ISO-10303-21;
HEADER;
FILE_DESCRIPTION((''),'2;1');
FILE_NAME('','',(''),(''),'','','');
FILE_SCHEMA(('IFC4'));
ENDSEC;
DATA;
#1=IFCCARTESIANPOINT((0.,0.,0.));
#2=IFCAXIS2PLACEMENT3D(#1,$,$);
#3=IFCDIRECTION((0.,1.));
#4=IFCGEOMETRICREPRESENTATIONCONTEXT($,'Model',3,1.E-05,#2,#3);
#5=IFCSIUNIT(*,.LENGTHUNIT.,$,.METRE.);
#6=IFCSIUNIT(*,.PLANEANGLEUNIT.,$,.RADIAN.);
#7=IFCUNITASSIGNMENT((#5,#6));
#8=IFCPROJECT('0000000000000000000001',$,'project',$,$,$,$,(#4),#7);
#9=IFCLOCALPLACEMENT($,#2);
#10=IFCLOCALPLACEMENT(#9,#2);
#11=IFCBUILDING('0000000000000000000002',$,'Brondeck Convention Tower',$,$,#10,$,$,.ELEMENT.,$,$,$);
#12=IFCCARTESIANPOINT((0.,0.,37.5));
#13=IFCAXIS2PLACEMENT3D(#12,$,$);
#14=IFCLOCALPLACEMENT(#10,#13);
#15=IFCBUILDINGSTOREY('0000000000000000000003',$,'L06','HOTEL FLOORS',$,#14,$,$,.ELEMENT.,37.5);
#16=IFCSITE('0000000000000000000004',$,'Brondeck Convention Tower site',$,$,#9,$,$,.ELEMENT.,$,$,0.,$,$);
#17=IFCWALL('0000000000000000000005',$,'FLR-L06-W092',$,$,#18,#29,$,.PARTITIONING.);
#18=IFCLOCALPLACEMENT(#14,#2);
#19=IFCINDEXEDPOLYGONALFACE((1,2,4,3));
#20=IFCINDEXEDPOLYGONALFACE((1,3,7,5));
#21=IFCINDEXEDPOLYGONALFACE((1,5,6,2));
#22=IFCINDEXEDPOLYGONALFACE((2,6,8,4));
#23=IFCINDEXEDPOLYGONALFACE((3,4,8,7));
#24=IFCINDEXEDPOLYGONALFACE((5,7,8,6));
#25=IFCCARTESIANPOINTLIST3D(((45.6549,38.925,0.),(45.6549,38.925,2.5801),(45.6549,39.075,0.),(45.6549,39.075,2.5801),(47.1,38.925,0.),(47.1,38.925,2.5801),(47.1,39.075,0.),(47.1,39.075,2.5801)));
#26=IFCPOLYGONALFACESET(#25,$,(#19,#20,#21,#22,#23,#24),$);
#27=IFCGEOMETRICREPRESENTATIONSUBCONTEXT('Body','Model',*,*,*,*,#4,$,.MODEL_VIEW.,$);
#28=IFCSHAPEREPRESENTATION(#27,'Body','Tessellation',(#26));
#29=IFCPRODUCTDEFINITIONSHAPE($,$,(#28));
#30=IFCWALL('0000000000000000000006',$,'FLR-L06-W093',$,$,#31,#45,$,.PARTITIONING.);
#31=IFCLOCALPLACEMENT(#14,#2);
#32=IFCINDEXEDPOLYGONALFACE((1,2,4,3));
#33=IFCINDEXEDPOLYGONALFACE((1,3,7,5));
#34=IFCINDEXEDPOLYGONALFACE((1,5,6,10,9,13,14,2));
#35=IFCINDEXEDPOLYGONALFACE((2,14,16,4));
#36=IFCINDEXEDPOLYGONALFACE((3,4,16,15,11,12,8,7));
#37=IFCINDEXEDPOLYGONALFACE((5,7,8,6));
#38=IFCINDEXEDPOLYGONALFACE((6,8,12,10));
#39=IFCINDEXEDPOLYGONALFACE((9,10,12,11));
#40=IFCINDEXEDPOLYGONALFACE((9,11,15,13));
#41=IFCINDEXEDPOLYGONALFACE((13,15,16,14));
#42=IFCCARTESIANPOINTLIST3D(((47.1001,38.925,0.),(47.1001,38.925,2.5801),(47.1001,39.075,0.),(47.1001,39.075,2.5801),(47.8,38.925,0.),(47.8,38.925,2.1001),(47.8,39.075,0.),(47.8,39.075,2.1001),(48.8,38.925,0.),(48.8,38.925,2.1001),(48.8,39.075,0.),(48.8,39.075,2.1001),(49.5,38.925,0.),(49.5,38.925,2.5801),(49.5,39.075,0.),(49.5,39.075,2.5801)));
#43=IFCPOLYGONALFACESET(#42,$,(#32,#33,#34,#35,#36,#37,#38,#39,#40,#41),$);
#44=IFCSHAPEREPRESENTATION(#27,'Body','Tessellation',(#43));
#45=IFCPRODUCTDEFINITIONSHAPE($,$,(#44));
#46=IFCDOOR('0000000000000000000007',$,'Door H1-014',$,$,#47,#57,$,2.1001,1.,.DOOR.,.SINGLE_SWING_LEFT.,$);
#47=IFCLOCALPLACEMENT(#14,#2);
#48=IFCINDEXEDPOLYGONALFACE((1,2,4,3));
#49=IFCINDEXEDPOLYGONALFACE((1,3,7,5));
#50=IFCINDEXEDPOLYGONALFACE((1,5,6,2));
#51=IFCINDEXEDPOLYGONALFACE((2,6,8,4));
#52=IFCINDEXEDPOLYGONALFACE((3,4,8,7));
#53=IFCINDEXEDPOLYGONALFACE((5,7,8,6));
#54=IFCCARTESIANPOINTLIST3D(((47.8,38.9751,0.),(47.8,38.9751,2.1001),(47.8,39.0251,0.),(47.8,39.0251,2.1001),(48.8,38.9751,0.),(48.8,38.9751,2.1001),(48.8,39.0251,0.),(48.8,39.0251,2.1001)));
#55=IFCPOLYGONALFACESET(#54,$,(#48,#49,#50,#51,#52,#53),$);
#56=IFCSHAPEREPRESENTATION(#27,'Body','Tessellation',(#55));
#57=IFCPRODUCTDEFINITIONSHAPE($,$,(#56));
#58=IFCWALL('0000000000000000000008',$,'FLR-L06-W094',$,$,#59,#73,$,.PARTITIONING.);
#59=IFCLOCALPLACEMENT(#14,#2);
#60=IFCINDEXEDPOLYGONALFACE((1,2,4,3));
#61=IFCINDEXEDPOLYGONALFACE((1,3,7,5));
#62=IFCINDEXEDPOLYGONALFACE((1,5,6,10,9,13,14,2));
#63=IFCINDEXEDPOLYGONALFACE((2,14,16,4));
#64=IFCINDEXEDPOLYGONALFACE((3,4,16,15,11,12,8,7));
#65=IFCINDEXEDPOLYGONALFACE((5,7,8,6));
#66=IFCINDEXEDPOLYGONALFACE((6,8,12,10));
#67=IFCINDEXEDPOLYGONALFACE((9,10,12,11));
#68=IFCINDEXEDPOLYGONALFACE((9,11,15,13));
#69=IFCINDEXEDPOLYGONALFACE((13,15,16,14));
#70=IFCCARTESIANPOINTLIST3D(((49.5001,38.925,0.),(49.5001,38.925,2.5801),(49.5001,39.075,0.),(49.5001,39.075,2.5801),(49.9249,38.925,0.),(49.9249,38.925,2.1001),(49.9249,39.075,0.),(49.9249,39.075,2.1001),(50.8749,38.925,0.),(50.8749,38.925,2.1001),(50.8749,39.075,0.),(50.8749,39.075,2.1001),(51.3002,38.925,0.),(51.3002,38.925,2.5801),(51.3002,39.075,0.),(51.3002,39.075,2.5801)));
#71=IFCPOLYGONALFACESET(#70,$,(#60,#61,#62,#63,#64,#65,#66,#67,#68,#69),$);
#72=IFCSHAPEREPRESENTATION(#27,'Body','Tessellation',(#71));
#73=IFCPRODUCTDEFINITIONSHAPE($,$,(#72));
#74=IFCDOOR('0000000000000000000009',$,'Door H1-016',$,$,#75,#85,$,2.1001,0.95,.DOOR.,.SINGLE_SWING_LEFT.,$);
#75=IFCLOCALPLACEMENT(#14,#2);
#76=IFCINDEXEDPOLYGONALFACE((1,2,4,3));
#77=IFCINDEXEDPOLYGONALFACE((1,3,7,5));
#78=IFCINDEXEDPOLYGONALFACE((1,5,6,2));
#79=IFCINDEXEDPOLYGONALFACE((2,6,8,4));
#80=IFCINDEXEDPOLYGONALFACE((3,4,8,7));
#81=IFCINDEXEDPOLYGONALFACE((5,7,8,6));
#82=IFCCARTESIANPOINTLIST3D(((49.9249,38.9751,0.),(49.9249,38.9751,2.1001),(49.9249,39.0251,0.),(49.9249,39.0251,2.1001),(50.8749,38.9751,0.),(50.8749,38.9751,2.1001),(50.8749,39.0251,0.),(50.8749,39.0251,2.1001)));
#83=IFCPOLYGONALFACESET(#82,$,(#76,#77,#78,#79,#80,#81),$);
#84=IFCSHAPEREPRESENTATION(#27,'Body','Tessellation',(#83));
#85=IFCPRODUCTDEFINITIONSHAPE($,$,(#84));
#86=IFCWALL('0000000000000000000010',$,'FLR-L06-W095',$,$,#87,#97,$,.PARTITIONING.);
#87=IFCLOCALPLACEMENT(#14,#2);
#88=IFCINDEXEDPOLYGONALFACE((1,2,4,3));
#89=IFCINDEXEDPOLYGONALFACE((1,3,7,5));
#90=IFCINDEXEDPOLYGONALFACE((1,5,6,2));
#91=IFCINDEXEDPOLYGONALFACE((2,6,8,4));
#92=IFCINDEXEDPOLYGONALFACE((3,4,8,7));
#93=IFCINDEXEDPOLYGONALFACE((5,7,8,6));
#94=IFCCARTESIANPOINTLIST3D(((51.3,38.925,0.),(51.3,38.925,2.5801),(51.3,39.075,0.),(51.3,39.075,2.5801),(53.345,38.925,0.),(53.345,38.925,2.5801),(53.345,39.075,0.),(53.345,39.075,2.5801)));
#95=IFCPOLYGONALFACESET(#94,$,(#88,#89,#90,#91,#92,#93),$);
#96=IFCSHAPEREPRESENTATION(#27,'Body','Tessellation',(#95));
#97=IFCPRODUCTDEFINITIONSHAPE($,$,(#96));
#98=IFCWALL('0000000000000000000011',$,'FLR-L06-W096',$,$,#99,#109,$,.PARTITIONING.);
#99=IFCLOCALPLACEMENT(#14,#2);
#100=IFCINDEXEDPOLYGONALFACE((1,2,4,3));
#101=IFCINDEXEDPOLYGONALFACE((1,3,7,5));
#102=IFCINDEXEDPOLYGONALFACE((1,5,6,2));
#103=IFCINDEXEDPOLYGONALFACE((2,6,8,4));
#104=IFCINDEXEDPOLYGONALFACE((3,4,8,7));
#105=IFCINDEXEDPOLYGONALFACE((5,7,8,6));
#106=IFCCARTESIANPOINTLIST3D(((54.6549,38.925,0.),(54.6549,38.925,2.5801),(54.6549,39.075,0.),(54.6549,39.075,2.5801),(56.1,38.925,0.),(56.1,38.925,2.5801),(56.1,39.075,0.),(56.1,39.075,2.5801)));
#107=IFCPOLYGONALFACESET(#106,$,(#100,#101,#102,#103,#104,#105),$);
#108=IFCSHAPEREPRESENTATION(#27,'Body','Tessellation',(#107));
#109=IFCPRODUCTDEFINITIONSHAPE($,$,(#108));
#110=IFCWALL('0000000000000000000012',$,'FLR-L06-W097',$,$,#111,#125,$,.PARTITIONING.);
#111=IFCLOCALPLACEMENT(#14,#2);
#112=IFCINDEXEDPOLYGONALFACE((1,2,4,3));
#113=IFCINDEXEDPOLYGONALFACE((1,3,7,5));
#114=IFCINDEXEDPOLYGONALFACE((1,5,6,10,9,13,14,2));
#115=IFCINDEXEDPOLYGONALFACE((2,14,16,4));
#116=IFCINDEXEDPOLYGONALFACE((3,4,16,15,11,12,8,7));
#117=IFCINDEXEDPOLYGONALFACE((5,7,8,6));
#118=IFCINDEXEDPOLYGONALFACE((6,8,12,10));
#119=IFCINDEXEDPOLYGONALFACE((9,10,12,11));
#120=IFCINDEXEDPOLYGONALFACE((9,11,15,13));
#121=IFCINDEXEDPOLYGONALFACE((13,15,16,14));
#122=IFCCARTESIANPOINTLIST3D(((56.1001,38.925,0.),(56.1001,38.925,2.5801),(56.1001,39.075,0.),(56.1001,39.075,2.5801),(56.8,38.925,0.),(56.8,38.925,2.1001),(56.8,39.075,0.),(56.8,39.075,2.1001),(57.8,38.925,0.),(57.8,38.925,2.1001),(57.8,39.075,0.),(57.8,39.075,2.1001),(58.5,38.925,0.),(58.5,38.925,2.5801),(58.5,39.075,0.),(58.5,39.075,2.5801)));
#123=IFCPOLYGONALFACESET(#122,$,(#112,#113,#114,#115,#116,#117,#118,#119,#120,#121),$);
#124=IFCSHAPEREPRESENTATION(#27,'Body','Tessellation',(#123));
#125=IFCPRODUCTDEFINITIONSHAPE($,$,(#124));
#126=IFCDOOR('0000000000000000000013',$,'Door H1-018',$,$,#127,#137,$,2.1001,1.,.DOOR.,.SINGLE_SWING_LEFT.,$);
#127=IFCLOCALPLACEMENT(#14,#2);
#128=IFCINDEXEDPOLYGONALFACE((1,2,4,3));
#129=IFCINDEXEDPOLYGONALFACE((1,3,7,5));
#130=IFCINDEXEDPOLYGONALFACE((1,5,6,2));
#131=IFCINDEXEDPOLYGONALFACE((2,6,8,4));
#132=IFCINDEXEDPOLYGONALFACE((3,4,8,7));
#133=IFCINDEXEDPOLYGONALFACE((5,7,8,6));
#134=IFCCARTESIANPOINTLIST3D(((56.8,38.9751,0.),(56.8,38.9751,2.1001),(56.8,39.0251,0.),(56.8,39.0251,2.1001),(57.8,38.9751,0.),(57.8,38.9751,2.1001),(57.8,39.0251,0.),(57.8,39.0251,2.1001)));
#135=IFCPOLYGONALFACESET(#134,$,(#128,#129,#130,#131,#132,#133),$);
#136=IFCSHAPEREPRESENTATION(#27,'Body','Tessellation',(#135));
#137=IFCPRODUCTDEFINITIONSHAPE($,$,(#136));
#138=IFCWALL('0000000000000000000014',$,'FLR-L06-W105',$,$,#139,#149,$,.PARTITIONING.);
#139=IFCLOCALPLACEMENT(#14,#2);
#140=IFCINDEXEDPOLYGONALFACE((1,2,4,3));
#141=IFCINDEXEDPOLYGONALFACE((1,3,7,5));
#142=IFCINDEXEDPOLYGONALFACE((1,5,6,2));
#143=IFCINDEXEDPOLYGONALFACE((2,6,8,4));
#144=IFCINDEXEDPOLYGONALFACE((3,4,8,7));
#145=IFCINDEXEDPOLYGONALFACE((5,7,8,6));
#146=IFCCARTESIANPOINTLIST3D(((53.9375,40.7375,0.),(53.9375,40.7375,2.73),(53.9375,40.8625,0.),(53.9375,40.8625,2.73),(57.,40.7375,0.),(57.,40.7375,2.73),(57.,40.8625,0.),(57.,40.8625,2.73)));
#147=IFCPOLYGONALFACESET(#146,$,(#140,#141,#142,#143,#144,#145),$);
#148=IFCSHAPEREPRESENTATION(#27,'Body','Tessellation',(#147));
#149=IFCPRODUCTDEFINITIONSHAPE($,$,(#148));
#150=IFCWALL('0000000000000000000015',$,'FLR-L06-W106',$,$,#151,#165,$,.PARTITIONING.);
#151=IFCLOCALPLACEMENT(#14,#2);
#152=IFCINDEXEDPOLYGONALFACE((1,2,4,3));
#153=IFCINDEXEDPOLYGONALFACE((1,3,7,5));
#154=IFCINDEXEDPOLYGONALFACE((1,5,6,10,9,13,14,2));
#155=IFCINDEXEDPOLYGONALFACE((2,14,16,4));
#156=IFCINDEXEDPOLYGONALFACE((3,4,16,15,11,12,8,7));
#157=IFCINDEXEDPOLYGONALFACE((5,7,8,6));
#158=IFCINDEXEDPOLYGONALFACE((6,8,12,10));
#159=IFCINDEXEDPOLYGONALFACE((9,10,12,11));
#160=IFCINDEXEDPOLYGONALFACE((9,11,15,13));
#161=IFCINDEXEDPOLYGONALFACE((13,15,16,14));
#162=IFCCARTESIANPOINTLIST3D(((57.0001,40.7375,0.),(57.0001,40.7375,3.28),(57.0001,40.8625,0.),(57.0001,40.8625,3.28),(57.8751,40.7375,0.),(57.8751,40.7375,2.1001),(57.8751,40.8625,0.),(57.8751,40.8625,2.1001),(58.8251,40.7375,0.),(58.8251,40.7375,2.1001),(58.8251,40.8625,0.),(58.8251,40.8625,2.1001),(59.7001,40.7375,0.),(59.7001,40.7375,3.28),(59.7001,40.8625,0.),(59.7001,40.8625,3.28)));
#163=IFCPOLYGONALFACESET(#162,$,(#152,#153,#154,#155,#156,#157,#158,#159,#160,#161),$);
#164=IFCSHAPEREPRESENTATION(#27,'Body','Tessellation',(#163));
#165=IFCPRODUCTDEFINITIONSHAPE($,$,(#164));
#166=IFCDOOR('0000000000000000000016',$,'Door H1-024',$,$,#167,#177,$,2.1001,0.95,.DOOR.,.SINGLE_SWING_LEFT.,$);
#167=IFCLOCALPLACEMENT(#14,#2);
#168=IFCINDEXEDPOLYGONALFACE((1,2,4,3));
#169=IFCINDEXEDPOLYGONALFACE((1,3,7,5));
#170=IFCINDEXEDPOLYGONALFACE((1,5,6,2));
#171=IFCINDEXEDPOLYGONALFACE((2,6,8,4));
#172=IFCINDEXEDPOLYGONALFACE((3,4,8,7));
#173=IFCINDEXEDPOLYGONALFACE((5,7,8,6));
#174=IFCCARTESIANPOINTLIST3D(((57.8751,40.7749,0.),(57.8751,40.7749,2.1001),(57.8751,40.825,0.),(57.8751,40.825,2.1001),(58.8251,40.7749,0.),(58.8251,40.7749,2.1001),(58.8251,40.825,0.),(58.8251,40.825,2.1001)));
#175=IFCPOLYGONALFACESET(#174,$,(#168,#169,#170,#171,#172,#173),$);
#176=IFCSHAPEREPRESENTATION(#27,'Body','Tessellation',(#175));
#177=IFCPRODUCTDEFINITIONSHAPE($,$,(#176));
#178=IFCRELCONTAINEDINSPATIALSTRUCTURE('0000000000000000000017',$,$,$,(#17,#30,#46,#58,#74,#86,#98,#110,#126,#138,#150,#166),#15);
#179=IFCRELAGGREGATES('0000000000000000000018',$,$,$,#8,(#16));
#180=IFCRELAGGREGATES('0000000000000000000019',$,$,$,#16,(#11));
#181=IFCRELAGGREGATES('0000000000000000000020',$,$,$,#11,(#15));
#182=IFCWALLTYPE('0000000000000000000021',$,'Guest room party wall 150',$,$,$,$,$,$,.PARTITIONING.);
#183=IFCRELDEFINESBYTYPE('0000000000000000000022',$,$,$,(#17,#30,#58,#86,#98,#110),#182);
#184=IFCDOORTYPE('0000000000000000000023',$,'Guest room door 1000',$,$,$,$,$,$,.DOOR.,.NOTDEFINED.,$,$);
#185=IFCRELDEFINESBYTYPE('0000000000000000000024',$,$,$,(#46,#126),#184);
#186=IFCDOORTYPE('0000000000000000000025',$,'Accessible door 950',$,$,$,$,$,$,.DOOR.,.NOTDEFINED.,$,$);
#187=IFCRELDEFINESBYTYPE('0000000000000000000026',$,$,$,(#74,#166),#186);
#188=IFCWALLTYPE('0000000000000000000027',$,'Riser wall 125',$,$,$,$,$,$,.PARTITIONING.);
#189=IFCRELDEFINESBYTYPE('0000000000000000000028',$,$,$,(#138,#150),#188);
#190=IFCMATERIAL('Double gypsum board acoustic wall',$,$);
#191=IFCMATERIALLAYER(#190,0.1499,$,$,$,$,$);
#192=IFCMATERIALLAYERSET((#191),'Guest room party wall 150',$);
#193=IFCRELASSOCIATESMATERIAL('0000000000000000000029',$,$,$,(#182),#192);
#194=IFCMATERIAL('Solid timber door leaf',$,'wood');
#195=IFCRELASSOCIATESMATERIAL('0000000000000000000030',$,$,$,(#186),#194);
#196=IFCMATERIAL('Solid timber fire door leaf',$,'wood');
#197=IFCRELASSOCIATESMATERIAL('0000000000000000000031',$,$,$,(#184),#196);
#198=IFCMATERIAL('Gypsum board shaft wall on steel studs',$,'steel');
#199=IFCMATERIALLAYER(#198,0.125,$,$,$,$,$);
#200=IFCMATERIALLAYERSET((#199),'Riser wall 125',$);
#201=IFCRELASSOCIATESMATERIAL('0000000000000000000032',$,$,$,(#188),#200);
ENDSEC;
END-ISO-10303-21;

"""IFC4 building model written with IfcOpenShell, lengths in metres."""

from ifc_helpers import new_model, si_unit, direction, frame, frame_2d, origin, place, context, subcontext, project, spatial, rectangle, extrude, material, layer, layer_set, type_object, element, fill, save


model = new_model("IFC4")

# Units and contexts
model_context = context("Model", 3, precision=1e-05, world=origin(), true_north=direction((0.0, 1.0)))
body_context = subcontext(model_context, "Body", "Model", "MODEL_VIEW")
ifc_project = project(units=[si_unit("LENGTHUNIT", "METRE"), si_unit("PLANEANGLEUNIT", "RADIAN")], contexts=[model_context])

# Site, building, storey
site_placement = place(None, origin())
site = spatial("IfcSite", under=ifc_project, at=site_placement, Name="Brondeck Convention Tower site", CompositionType="ELEMENT", RefElevation=0.0)
building_placement = place(site_placement, origin())
building = spatial("IfcBuilding", under=site, at=building_placement, Name="Brondeck Convention Tower", CompositionType="ELEMENT")
storey_placement = place(building_placement, frame((0.0, 0.0, 37.5)))
storey = spatial("IfcBuildingStorey", under=building, at=storey_placement, Name="L06", Description="HOTEL FLOORS", CompositionType="ELEMENT", Elevation=37.5)

# Shared definitions
ifc_material_1 = material(Name="Double gypsum board acoustic wall")
ifc_layer_1 = layer(ifc_material_1, 0.1499)
ifc_layer_set_1 = layer_set([ifc_layer_1], Name="Guest room party wall 150")
wall_type_1 = type_object("IfcWallType", Name="Guest room party wall 150", PredefinedType="PARTITIONING", material=ifc_layer_set_1)

# Shared definitions
ifc_material_2 = material(Name="Solid timber door leaf", Category="wood")
door_type_1 = type_object("IfcDoorType", Name="Accessible door 950", OperationType="NOTDEFINED", PredefinedType="DOOR", material=ifc_material_2)

# Wall
wall_1_placement = place(storey_placement, frame((47.1001, 39.0, 0.0), z_axis=(0.0, 0.0, 1.0), x_axis=(-1.0, 0.0, 0.0)))
element("IfcWall", 1, at=wall_1_placement, inside=storey, type_object=wall_type_1, Name="FLR-L06-W092", PredefinedType="PARTITIONING", context=body_context, shape_type="SweptSolid", body=[
    extrude(rectangle(XDim=1.4451, YDim=0.1499, at=frame_2d((0.7227, 0.0))), origin(), (0.0, 0.0, 1.0), 2.5801),
])

# Walls, openings, doors
wall_2_placement = place(storey_placement, frame((49.5, 39.0, 0.0), z_axis=(0.0, 0.0, 1.0), x_axis=(-1.0, 0.0, 0.0)))
wall_2 = element("IfcWall", 2, at=wall_2_placement, inside=storey, type_object=wall_type_1, Name="FLR-L06-W093", PredefinedType="PARTITIONING", context=body_context, shape_type="SweptSolid", body=[
    extrude(rectangle(XDim=2.3999, YDim=0.1499, at=frame_2d((1.2, 0.0))), origin(), (0.0, 0.0, 1.0), 2.5801),
])
opening_1_placement = place(wall_2_placement, frame((0.7, 0.0, 0.0)))
opening_1 = element("IfcOpeningElement", 3, at=opening_1_placement, cuts=wall_2, PredefinedType="OPENING", context=body_context, shape_type="SweptSolid", body=[
    extrude(rectangle(XDim=1.0, YDim=2.1001, at=frame_2d((0.5, 1.05))), frame((0.0, 0.085, 0.0), z_axis=(0.0, -1.0, 0.0), x_axis=(1.0, 0.0, 0.0)), (0.0, 0.0, 1.0), 0.1699),
])
ifc_material_3 = material(Name="Solid timber fire door leaf", Category="wood")
door_type_2 = type_object("IfcDoorType", Name="Guest room door 1000", OperationType="NOTDEFINED", PredefinedType="DOOR", material=ifc_material_3)
door_1_placement = place(opening_1_placement, origin())
door_1 = element("IfcDoor", 4, at=door_1_placement, inside=storey, type_object=door_type_2, Name="Door H1-014", OperationType="SINGLE_SWING_LEFT", OverallHeight=2.1001, OverallWidth=1.0, PredefinedType="DOOR", context=body_context, shape_type="SweptSolid", body=[
    extrude(rectangle(XDim=1.0, YDim=2.1001, at=frame_2d((0.5, 1.05))), frame((0.0, 0.0249, 0.0), z_axis=(0.0, -1.0, 0.0), x_axis=(1.0, 0.0, 0.0)), (0.0, 0.0, 1.0), 0.05),
])
fill(opening_1, door_1)
wall_3_placement = place(storey_placement, frame((51.3, 39.0, 0.0), z_axis=(0.0, 0.0, 1.0), x_axis=(-1.0, 0.0, 0.0)))
wall_3 = element("IfcWall", 5, at=wall_3_placement, inside=storey, type_object=wall_type_1, Name="FLR-L06-W094", PredefinedType="PARTITIONING", context=body_context, shape_type="SweptSolid", body=[
    extrude(rectangle(XDim=1.8, YDim=0.1499, at=frame_2d((0.8999, 0.0))), origin(), (0.0, 0.0, 1.0), 2.5801),
])
opening_2_placement = place(wall_3_placement, frame((0.425, 0.0, 0.0)))
opening_2 = element("IfcOpeningElement", 6, at=opening_2_placement, cuts=wall_3, PredefinedType="OPENING", context=body_context, shape_type="SweptSolid", body=[
    extrude(rectangle(XDim=0.95, YDim=2.1001, at=frame_2d((0.4751, 1.05))), frame((0.0, 0.085, 0.0), z_axis=(0.0, -1.0, 0.0), x_axis=(1.0, 0.0, 0.0)), (0.0, 0.0, 1.0), 0.1699),
])
door_2_placement = place(opening_2_placement, origin())
door_2 = element("IfcDoor", 7, at=door_2_placement, inside=storey, type_object=door_type_1, Name="Door H1-016", OperationType="SINGLE_SWING_LEFT", OverallHeight=2.1001, OverallWidth=0.95, PredefinedType="DOOR", context=body_context, shape_type="SweptSolid", body=[
    extrude(rectangle(XDim=0.95, YDim=2.1001, at=frame_2d((0.4751, 1.05))), frame((0.0, 0.0249, 0.0), z_axis=(0.0, -1.0, 0.0), x_axis=(1.0, 0.0, 0.0)), (0.0, 0.0, 1.0), 0.05),
])
fill(opening_2, door_2)

# Walls
wall_4_placement = place(storey_placement, frame((53.345, 39.0, 0.0), z_axis=(0.0, 0.0, 1.0), x_axis=(-1.0, 0.0, 0.0)))
element("IfcWall", 8, at=wall_4_placement, inside=storey, type_object=wall_type_1, Name="FLR-L06-W095", PredefinedType="PARTITIONING", context=body_context, shape_type="SweptSolid", body=[
    extrude(rectangle(XDim=2.0449, YDim=0.1499, at=frame_2d((1.0225, 0.0))), origin(), (0.0, 0.0, 1.0), 2.5801),
])
wall_5_placement = place(storey_placement, frame((56.1001, 39.0, 0.0), z_axis=(0.0, 0.0, 1.0), x_axis=(-1.0, 0.0, 0.0)))
element("IfcWall", 9, at=wall_5_placement, inside=storey, type_object=wall_type_1, Name="FLR-L06-W096", PredefinedType="PARTITIONING", context=body_context, shape_type="SweptSolid", body=[
    extrude(rectangle(XDim=1.4451, YDim=0.1499, at=frame_2d((0.7227, 0.0))), origin(), (0.0, 0.0, 1.0), 2.5801),
])

# Wall, opening, door
wall_6_placement = place(storey_placement, frame((58.5, 39.0, 0.0), z_axis=(0.0, 0.0, 1.0), x_axis=(-1.0, 0.0, 0.0)))
wall_6 = element("IfcWall", 10, at=wall_6_placement, inside=storey, type_object=wall_type_1, Name="FLR-L06-W097", PredefinedType="PARTITIONING", context=body_context, shape_type="SweptSolid", body=[
    extrude(rectangle(XDim=2.3999, YDim=0.1499, at=frame_2d((1.2, 0.0))), origin(), (0.0, 0.0, 1.0), 2.5801),
])
opening_3_placement = place(wall_6_placement, frame((0.7, 0.0, 0.0)))
opening_3 = element("IfcOpeningElement", 11, at=opening_3_placement, cuts=wall_6, PredefinedType="OPENING", context=body_context, shape_type="SweptSolid", body=[
    extrude(rectangle(XDim=1.0, YDim=2.1001, at=frame_2d((0.5, 1.05))), frame((0.0, 0.085, 0.0), z_axis=(0.0, -1.0, 0.0), x_axis=(1.0, 0.0, 0.0)), (0.0, 0.0, 1.0), 0.1699),
])
door_3_placement = place(opening_3_placement, origin())
door_3 = element("IfcDoor", 12, at=door_3_placement, inside=storey, type_object=door_type_2, Name="Door H1-018", OperationType="SINGLE_SWING_LEFT", OverallHeight=2.1001, OverallWidth=1.0, PredefinedType="DOOR", context=body_context, shape_type="SweptSolid", body=[
    extrude(rectangle(XDim=1.0, YDim=2.1001, at=frame_2d((0.5, 1.05))), frame((0.0, 0.0249, 0.0), z_axis=(0.0, -1.0, 0.0), x_axis=(1.0, 0.0, 0.0)), (0.0, 0.0, 1.0), 0.05),
])
fill(opening_3, door_3)

# Wall
ifc_material_4 = material(Name="Gypsum board shaft wall on steel studs", Category="steel")
ifc_layer_2 = layer(ifc_material_4, 0.125)
ifc_layer_set_2 = layer_set([ifc_layer_2], Name="Riser wall 125")
wall_type_2 = type_object("IfcWallType", Name="Riser wall 125", PredefinedType="PARTITIONING", material=ifc_layer_set_2)
wall_7_placement = place(storey_placement, frame((53.9375, 40.8, 0.0), z_axis=(0.0, 0.0, 1.0), x_axis=(1.0, 0.0, 0.0)))
element("IfcWall", 13, at=wall_7_placement, inside=storey, type_object=wall_type_2, Name="FLR-L06-W105", PredefinedType="PARTITIONING", context=body_context, shape_type="SweptSolid", body=[
    extrude(rectangle(XDim=3.0625, YDim=0.125, at=frame_2d((1.5312, 0.0))), origin(), (0.0, 0.0, 1.0), 2.73),
])

# Wall, opening, door
wall_8_placement = place(storey_placement, frame((57.0, 40.8, 0.0), z_axis=(0.0, 0.0, 1.0), x_axis=(1.0, 0.0, 0.0)))
wall_8 = element("IfcWall", 14, at=wall_8_placement, inside=storey, type_object=wall_type_2, Name="FLR-L06-W106", PredefinedType="PARTITIONING", context=body_context, shape_type="SweptSolid", body=[
    extrude(rectangle(XDim=2.7, YDim=0.125, at=frame_2d((1.3501, 0.0))), origin(), (0.0, 0.0, 1.0), 3.28),
])
opening_4_placement = place(wall_8_placement, frame((0.875, 0.0, 0.0)))
opening_4 = element("IfcOpeningElement", 15, at=opening_4_placement, cuts=wall_8, PredefinedType="OPENING", context=body_context, shape_type="SweptSolid", body=[
    extrude(rectangle(XDim=0.95, YDim=2.1001, at=frame_2d((0.4751, 1.05))), frame((0.0, 0.0725, 0.0), z_axis=(0.0, -1.0, 0.0), x_axis=(1.0, 0.0, 0.0)), (0.0, 0.0, 1.0), 0.145),
])
door_4_placement = place(opening_4_placement, origin())
door_4 = element("IfcDoor", 16, at=door_4_placement, inside=storey, type_object=door_type_1, Name="Door H1-024", OperationType="SINGLE_SWING_LEFT", OverallHeight=2.1001, OverallWidth=0.95, PredefinedType="DOOR", context=body_context, shape_type="SweptSolid", body=[
    extrude(rectangle(XDim=0.95, YDim=2.1001, at=frame_2d((0.4751, 1.05))), frame((0.0, 0.0249, 0.0), z_axis=(0.0, -1.0, 0.0), x_axis=(1.0, 0.0, 0.0)), (0.0, 0.0, 1.0), 0.05),
])
fill(opening_4, door_4)

save(model, "model.ifc")
